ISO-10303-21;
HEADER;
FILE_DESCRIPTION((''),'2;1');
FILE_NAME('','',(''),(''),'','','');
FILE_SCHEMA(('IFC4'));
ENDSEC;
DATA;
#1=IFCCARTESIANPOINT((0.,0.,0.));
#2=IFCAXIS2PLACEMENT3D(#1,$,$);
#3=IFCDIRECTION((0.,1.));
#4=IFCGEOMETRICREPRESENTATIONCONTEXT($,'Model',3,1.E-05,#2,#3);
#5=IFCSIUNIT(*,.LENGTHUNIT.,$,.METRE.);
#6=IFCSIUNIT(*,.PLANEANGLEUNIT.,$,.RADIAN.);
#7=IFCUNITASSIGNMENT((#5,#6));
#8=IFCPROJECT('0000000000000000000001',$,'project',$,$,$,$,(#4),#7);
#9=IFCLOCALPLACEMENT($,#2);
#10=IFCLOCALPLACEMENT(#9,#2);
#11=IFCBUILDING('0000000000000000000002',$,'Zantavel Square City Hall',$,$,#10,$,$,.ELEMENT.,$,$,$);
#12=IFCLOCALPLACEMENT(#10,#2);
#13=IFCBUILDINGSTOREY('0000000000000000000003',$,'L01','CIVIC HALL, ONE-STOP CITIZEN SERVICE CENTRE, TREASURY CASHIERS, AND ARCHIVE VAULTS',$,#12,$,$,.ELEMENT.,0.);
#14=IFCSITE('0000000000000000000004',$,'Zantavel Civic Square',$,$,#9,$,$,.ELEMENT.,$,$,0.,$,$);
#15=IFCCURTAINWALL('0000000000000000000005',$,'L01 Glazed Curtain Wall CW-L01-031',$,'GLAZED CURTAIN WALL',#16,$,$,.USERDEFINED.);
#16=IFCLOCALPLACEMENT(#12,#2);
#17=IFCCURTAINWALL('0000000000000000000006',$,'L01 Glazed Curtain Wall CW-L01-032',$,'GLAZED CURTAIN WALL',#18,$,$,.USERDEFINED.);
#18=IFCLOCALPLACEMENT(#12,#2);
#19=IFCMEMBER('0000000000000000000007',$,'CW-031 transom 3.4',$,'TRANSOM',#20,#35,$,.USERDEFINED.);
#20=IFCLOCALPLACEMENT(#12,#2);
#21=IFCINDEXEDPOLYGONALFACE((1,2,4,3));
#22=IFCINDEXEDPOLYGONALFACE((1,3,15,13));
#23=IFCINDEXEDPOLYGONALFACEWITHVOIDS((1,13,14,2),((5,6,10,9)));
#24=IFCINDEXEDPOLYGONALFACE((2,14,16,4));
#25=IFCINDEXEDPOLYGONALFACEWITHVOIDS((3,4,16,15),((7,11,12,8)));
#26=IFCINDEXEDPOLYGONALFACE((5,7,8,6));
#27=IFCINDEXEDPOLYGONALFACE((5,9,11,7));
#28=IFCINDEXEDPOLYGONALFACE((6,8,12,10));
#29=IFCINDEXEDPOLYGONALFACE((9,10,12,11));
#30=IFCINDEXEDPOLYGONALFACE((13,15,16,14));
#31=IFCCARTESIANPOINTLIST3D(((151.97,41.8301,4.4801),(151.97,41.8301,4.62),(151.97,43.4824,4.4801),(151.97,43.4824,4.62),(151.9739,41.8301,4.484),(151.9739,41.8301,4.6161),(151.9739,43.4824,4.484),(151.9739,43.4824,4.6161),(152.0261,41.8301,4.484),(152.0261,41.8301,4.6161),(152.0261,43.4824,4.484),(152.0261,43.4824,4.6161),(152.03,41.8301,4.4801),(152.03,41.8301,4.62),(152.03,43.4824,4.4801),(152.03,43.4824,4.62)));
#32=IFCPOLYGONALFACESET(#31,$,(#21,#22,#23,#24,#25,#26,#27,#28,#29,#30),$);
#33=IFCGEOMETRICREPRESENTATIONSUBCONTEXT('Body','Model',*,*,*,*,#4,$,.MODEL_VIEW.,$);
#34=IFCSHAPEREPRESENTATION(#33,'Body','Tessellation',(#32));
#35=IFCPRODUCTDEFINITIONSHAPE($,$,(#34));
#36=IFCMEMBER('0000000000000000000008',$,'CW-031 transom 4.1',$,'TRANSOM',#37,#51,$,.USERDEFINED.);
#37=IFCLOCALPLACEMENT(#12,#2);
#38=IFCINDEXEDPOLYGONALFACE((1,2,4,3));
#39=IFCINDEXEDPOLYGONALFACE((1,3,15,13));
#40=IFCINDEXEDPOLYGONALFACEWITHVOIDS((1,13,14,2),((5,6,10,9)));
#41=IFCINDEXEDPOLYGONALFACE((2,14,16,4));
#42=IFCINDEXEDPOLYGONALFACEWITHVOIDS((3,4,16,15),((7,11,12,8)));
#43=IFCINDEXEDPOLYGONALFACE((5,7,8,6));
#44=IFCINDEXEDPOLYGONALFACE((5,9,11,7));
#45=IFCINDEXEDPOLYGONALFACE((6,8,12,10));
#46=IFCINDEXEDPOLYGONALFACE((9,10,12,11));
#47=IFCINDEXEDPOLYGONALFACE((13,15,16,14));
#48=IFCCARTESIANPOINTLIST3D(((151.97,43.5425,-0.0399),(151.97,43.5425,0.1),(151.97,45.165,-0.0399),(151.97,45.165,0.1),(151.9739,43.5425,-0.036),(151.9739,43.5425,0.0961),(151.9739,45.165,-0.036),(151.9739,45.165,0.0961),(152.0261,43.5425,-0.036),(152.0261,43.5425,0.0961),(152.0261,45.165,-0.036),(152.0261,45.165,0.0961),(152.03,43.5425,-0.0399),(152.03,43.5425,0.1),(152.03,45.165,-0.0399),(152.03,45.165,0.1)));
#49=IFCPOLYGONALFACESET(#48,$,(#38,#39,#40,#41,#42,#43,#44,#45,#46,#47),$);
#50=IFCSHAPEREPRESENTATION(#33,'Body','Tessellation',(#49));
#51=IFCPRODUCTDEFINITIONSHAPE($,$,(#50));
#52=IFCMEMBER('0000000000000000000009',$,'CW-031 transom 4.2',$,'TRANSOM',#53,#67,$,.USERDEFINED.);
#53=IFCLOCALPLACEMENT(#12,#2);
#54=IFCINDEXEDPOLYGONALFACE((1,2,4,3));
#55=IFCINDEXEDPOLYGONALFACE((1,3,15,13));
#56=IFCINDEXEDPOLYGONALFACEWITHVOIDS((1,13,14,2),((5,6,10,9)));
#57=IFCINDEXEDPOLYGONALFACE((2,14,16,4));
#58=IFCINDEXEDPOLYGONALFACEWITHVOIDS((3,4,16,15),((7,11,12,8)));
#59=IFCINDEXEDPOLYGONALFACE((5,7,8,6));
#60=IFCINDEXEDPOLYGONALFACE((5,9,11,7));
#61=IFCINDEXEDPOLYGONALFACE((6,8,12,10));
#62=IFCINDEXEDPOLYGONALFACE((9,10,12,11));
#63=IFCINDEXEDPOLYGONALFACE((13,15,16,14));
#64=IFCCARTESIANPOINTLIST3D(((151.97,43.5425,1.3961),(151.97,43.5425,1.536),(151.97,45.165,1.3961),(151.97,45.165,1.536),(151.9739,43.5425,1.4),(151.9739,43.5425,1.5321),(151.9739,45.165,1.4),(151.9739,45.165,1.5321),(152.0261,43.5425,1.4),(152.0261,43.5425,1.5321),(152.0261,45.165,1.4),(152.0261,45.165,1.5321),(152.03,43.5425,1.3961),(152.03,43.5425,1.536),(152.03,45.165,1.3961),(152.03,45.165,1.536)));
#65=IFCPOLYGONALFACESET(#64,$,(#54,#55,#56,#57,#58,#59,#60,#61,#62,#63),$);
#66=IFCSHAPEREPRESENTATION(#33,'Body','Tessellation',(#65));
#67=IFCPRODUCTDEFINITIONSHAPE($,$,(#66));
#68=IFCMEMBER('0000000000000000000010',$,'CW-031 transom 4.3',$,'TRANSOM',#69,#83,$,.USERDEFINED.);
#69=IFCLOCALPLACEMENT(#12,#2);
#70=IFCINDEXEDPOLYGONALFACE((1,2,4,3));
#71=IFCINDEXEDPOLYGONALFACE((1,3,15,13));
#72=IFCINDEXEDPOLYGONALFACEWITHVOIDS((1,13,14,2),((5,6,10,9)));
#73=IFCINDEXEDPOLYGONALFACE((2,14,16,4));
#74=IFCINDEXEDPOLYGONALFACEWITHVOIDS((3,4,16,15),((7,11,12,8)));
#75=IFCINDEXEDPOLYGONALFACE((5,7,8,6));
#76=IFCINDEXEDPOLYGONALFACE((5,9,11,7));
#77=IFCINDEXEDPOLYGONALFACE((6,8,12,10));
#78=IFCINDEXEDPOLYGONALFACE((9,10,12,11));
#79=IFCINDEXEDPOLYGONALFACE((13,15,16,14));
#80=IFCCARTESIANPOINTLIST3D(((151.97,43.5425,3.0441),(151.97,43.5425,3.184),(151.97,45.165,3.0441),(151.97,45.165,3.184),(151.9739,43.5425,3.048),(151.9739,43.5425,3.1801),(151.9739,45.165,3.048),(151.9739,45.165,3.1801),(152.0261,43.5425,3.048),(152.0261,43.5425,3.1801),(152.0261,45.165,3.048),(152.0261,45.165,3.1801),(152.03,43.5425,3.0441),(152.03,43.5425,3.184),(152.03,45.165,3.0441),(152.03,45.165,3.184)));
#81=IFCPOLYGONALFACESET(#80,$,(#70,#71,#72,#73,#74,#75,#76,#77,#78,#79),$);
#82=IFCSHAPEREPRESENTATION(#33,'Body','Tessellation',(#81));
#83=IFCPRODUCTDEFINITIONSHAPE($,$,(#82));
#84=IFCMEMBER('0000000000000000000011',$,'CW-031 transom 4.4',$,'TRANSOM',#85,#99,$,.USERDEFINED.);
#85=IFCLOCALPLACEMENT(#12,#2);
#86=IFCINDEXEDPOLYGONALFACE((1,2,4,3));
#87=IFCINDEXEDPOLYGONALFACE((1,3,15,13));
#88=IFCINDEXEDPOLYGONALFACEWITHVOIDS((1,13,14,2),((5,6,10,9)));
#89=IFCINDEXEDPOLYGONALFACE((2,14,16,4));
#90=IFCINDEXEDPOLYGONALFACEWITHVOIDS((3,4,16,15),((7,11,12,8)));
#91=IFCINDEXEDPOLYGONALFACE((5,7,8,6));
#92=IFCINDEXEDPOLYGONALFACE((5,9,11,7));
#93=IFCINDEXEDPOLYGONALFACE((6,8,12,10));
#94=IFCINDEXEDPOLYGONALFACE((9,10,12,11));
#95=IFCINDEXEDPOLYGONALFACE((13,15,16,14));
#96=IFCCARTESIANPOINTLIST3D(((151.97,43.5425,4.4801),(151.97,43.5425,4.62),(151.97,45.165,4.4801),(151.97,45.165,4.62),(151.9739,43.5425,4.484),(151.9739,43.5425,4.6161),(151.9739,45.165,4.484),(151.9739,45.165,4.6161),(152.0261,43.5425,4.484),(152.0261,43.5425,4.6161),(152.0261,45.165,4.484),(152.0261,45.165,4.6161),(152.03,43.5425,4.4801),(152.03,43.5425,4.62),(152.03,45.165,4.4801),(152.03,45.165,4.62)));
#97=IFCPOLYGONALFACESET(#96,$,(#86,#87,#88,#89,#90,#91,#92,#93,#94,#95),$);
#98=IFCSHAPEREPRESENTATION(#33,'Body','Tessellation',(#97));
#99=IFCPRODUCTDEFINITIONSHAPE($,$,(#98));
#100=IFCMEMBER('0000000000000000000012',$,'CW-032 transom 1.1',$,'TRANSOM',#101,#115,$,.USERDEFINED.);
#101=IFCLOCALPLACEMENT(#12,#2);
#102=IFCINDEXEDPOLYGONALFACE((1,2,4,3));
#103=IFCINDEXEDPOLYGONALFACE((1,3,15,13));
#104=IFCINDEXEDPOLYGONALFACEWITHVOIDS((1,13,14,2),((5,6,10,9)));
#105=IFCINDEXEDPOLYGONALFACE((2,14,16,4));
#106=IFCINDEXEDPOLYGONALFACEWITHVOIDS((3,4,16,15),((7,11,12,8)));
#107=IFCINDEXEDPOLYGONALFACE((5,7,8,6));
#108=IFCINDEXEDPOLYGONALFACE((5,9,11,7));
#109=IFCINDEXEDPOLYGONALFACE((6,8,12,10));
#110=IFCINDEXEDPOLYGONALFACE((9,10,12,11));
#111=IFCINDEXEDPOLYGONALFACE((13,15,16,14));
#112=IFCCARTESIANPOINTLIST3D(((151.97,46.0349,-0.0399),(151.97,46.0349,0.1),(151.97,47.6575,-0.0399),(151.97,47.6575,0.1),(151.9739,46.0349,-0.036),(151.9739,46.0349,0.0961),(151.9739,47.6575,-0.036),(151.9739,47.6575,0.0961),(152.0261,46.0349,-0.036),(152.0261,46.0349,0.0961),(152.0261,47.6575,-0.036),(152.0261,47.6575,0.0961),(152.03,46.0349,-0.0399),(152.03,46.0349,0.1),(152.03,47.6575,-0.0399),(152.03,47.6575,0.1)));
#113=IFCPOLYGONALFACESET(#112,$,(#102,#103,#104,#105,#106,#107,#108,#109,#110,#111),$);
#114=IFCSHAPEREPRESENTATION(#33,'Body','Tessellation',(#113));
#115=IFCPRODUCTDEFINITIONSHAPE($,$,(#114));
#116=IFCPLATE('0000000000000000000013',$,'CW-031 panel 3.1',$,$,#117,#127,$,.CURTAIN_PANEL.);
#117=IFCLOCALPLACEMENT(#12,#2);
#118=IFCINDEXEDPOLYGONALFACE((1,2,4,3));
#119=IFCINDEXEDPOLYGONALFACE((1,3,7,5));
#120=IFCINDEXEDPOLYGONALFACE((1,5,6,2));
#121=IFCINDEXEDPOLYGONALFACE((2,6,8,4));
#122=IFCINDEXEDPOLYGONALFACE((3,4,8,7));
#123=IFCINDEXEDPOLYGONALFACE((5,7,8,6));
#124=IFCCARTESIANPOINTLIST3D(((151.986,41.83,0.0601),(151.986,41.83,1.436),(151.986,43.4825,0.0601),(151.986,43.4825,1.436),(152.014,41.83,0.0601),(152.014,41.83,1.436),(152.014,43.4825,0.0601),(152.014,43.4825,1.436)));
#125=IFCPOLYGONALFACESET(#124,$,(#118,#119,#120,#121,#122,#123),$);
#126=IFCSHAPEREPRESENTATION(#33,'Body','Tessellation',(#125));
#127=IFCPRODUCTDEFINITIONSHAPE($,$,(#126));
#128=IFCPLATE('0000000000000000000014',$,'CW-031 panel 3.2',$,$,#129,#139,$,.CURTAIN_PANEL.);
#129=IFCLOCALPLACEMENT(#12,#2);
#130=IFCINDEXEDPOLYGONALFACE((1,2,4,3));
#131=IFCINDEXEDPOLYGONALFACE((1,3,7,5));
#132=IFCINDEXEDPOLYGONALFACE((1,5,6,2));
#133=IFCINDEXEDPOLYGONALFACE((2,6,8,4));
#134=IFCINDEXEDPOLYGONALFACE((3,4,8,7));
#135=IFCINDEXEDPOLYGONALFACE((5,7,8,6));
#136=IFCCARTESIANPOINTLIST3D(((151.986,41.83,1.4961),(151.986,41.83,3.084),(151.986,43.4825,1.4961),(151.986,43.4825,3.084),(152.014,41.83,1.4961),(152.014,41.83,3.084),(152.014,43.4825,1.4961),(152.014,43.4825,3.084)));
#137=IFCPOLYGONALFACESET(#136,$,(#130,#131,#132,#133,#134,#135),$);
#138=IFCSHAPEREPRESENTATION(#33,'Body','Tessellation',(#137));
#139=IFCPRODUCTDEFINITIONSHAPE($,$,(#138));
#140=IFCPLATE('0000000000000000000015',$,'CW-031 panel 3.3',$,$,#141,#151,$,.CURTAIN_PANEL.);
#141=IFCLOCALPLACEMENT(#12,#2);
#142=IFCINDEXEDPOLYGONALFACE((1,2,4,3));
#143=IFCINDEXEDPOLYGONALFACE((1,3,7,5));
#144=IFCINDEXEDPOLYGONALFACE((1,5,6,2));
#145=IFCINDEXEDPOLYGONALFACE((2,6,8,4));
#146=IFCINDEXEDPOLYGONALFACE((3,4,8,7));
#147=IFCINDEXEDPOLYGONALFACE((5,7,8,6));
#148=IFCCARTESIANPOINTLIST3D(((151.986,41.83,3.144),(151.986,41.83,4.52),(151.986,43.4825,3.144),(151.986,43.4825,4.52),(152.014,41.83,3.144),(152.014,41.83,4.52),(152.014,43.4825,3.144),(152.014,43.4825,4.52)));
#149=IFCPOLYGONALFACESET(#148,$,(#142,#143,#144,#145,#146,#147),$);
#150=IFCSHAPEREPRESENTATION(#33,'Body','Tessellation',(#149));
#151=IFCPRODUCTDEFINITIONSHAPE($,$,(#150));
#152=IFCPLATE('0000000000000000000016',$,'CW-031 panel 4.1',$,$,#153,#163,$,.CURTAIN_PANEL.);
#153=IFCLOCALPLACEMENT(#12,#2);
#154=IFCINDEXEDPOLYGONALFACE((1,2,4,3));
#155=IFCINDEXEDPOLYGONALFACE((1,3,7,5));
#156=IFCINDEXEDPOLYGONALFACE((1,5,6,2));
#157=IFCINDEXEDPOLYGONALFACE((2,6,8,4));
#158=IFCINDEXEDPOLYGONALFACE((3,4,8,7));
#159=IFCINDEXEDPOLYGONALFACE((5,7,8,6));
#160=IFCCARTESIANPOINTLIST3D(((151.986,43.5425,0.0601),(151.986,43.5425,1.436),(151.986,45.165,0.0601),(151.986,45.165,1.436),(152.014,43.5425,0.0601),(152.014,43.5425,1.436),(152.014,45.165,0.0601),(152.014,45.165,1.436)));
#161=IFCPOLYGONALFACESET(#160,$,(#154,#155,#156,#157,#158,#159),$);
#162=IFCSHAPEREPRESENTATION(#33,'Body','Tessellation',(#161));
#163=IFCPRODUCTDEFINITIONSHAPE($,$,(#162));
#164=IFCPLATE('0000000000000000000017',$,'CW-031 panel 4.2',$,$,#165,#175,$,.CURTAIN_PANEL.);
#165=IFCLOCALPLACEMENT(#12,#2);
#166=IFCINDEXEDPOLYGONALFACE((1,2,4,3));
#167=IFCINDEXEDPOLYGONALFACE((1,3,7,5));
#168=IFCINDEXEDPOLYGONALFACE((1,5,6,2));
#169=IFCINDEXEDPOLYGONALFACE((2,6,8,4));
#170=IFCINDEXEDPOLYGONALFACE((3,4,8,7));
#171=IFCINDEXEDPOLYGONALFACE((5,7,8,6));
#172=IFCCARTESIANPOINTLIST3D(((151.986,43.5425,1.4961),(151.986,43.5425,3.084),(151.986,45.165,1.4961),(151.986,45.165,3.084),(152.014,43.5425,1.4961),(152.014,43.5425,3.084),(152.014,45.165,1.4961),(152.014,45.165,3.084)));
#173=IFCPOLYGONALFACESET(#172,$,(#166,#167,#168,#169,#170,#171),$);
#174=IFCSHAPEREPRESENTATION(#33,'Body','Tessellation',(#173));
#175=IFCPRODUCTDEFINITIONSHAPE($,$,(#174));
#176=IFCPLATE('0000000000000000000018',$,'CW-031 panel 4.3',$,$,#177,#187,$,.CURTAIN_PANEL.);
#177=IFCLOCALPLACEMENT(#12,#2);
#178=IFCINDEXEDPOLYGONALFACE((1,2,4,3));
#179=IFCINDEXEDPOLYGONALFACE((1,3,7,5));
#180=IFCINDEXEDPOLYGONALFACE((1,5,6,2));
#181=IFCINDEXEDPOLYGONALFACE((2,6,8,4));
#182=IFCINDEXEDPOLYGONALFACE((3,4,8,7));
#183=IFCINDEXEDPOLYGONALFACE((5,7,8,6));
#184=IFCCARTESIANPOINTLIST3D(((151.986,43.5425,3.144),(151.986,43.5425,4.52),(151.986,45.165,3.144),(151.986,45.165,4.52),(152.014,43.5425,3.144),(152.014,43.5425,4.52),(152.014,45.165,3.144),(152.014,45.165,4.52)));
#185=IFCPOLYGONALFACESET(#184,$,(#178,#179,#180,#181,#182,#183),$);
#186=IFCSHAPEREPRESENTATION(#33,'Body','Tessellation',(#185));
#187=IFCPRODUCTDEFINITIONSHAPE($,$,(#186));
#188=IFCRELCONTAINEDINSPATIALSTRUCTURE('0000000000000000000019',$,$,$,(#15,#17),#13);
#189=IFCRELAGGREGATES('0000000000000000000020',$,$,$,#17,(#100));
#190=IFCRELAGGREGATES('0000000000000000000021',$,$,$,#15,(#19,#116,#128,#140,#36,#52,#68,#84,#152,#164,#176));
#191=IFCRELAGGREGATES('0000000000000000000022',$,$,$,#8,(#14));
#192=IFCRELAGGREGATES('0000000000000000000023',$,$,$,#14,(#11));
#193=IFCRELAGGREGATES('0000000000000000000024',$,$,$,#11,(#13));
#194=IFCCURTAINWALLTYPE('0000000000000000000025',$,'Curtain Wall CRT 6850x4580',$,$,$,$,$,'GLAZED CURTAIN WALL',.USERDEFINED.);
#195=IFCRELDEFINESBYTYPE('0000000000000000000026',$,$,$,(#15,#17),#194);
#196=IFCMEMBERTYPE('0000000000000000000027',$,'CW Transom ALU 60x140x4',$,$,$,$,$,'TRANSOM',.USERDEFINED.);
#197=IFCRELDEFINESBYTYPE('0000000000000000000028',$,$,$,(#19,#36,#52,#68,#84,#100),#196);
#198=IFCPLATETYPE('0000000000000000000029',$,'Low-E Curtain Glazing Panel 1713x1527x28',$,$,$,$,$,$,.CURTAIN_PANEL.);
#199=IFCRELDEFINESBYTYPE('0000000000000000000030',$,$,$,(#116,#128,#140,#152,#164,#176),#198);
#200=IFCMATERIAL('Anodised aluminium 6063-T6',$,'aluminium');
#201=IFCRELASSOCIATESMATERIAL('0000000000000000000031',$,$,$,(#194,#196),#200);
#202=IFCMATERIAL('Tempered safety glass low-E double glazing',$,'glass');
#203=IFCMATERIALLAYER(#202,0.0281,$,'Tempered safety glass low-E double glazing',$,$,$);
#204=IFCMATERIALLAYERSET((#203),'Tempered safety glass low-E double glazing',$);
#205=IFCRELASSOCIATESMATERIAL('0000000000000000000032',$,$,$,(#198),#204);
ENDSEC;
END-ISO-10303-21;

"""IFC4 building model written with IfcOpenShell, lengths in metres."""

from ifc_helpers import new_model, si_unit, direction, frame, origin, origin_2d, place, context, subcontext, project, spatial, rectangle, hollow_rectangle, extrude, material, layer, layer_set, material_profile, profile_set, type_object, element, aggregate, save


model = new_model("IFC4")

# Units and contexts
model_context = context("Model", 3, precision=1e-05, world=origin(), true_north=direction((0.0, 1.0)))
body_context = subcontext(model_context, "Body", "Model", "MODEL_VIEW")
ifc_project = project(units=[si_unit("LENGTHUNIT", "METRE"), si_unit("PLANEANGLEUNIT", "RADIAN")], contexts=[model_context])

# Site, building, storey
site_placement = place(None, origin())
site = spatial("IfcSite", under=ifc_project, at=site_placement, Name="Zantavel Civic Square", CompositionType="ELEMENT", RefElevation=0.0)
building_placement = place(site_placement, origin())
building = spatial("IfcBuilding", under=site, at=building_placement, Name="Zantavel Square City Hall", CompositionType="ELEMENT")
storey_placement = place(building_placement, origin())
storey = spatial("IfcBuildingStorey", under=building, at=storey_placement, Name="L01", Description="CIVIC HALL, ONE-STOP CITIZEN SERVICE CENTRE, TREASURY CASHIERS, AND ARCHIVE VAULTS", CompositionType="ELEMENT", Elevation=0.0)

# Curtain wall
ifc_material_1 = material(Name="Anodised aluminium 6063-T6", Category="aluminium")
curtain_wall_type = type_object("IfcCurtainWallType", Name="Curtain Wall CRT 6850x4580", ElementType="GLAZED CURTAIN WALL", PredefinedType="USERDEFINED", material=ifc_material_1)
curtain_wall_1_placement = place(storey_placement, origin())
curtain_wall_1 = element("IfcCurtainWall", 1, at=curtain_wall_1_placement, inside=storey, type_object=curtain_wall_type, Name="L01 Glazed Curtain Wall CW-L01-031", ObjectType="GLAZED CURTAIN WALL", PredefinedType="USERDEFINED")

# Curtain wall
curtain_wall_2_placement = place(storey_placement, origin())
curtain_wall_2 = element("IfcCurtainWall", 2, at=curtain_wall_2_placement, inside=storey, type_object=curtain_wall_type, Name="L01 Glazed Curtain Wall CW-L01-032", ObjectType="GLAZED CURTAIN WALL", PredefinedType="USERDEFINED")

# Members
ifc_material_profile_1 = material_profile(ifc_material_1, hollow_rectangle(XDim=0.0601, YDim=0.1399, WallThickness=0.0039, at=origin_2d()), Name="ALU 60x140x4")
ifc_profile_set_1 = profile_set([ifc_material_profile_1], Name="Anodised aluminium 6063-T6")
member_type_1 = type_object("IfcMemberType", Name="CW Transom ALU 60x140x4", ElementType="TRANSOM", PredefinedType="USERDEFINED", material=ifc_profile_set_1)
member_1_placement = place(storey_placement, frame((152.0, 41.8301, 4.55), z_axis=(0.0, 1.0, 0.0), x_axis=(-1.0, 0.0, 0.0)))
member_1 = element("IfcMember", 3, at=member_1_placement, type_object=member_type_1, Name="CW-031 transom 3.4", ObjectType="TRANSOM", PredefinedType="USERDEFINED", context=body_context, shape_type="SweptSolid", body=[
    extrude(hollow_rectangle(XDim=0.0601, YDim=0.1399, WallThickness=0.0039, at=origin_2d()), origin(), (0.0, 0.0, 1.0), 1.6523),
])
member_2_placement = place(storey_placement, frame((152.0, 43.5425, 0.03), z_axis=(0.0, 1.0, 0.0), x_axis=(-1.0, 0.0, 0.0)))
member_2 = element("IfcMember", 4, at=member_2_placement, type_object=member_type_1, Name="CW-031 transom 4.1", ObjectType="TRANSOM", PredefinedType="USERDEFINED", context=body_context, shape_type="SweptSolid", body=[
    extrude(hollow_rectangle(XDim=0.0601, YDim=0.1399, WallThickness=0.0039, at=origin_2d()), origin(), (0.0, 0.0, 1.0), 1.6226),
])
member_3_placement = place(storey_placement, frame((152.0, 43.5425, 1.4661), z_axis=(0.0, 1.0, 0.0), x_axis=(-1.0, 0.0, 0.0)))
member_3 = element("IfcMember", 5, at=member_3_placement, type_object=member_type_1, Name="CW-031 transom 4.2", ObjectType="TRANSOM", PredefinedType="USERDEFINED", context=body_context, shape_type="SweptSolid", body=[
    extrude(hollow_rectangle(XDim=0.0601, YDim=0.1399, WallThickness=0.0039, at=origin_2d()), origin(), (0.0, 0.0, 1.0), 1.6226),
])
member_4_placement = place(storey_placement, frame((152.0, 43.5425, 3.114), z_axis=(0.0, 1.0, 0.0), x_axis=(-1.0, 0.0, 0.0)))
member_4 = element("IfcMember", 6, at=member_4_placement, type_object=member_type_1, Name="CW-031 transom 4.3", ObjectType="TRANSOM", PredefinedType="USERDEFINED", context=body_context, shape_type="SweptSolid", body=[
    extrude(hollow_rectangle(XDim=0.0601, YDim=0.1399, WallThickness=0.0039, at=origin_2d()), origin(), (0.0, 0.0, 1.0), 1.6226),
])
member_5_placement = place(storey_placement, frame((152.0, 43.5425, 4.55), z_axis=(0.0, 1.0, 0.0), x_axis=(-1.0, 0.0, 0.0)))
member_5 = element("IfcMember", 7, at=member_5_placement, type_object=member_type_1, Name="CW-031 transom 4.4", ObjectType="TRANSOM", PredefinedType="USERDEFINED", context=body_context, shape_type="SweptSolid", body=[
    extrude(hollow_rectangle(XDim=0.0601, YDim=0.1399, WallThickness=0.0039, at=origin_2d()), origin(), (0.0, 0.0, 1.0), 1.6226),
])
member_6_placement = place(storey_placement, frame((152.0, 46.0349, 0.03), z_axis=(0.0, 1.0, 0.0), x_axis=(-1.0, 0.0, 0.0)))
member_6 = element("IfcMember", 8, at=member_6_placement, type_object=member_type_1, Name="CW-032 transom 1.1", ObjectType="TRANSOM", PredefinedType="USERDEFINED", context=body_context, shape_type="SweptSolid", body=[
    extrude(hollow_rectangle(XDim=0.0601, YDim=0.1399, WallThickness=0.0039, at=origin_2d()), origin(), (0.0, 0.0, 1.0), 1.6226),
])
aggregate(curtain_wall_2, [member_6])

# Plates
ifc_material_2 = material(Name="Tempered safety glass low-E double glazing", Category="glass")
ifc_layer = layer(ifc_material_2, 0.0281, Name="Tempered safety glass low-E double glazing")
ifc_layer_set = layer_set([ifc_layer], Name="Tempered safety glass low-E double glazing")
plate_type = type_object("IfcPlateType", Name="Low-E Curtain Glazing Panel 1713x1527x28", PredefinedType="CURTAIN_PANEL", material=ifc_layer_set)
plate_1_placement = place(storey_placement, frame((152.0, 42.6562, 0.0601), z_axis=(0.0, 0.0, 1.0), x_axis=(0.0, 1.0, 0.0)))
plate_1 = element("IfcPlate", 9, at=plate_1_placement, type_object=plate_type, Name="CW-031 panel 3.1", PredefinedType="CURTAIN_PANEL", context=body_context, shape_type="SweptSolid", body=[
    extrude(rectangle(XDim=1.6526, YDim=0.0281, at=origin_2d()), origin(), (0.0, 0.0, 1.0), 1.376),
])
plate_2_placement = place(storey_placement, frame((152.0, 42.6562, 1.4961), z_axis=(0.0, 0.0, 1.0), x_axis=(0.0, 1.0, 0.0)))
plate_2 = element("IfcPlate", 10, at=plate_2_placement, type_object=plate_type, Name="CW-031 panel 3.2", PredefinedType="CURTAIN_PANEL", context=body_context, shape_type="SweptSolid", body=[
    extrude(rectangle(XDim=1.6526, YDim=0.0281, at=origin_2d()), origin(), (0.0, 0.0, 1.0), 1.5879),
])
plate_3_placement = place(storey_placement, frame((152.0, 42.6562, 3.144), z_axis=(0.0, 0.0, 1.0), x_axis=(0.0, 1.0, 0.0)))
plate_3 = element("IfcPlate", 11, at=plate_3_placement, type_object=plate_type, Name="CW-031 panel 3.3", PredefinedType="CURTAIN_PANEL", context=body_context, shape_type="SweptSolid", body=[
    extrude(rectangle(XDim=1.6526, YDim=0.0281, at=origin_2d()), origin(), (0.0, 0.0, 1.0), 1.376),
])
plate_4_placement = place(storey_placement, frame((152.0, 44.3538, 0.0601), z_axis=(0.0, 0.0, 1.0), x_axis=(0.0, 1.0, 0.0)))
plate_4 = element("IfcPlate", 12, at=plate_4_placement, type_object=plate_type, Name="CW-031 panel 4.1", PredefinedType="CURTAIN_PANEL", context=body_context, shape_type="SweptSolid", body=[
    extrude(rectangle(XDim=1.6226, YDim=0.0281, at=origin_2d()), origin(), (0.0, 0.0, 1.0), 1.376),
])
plate_5_placement = place(storey_placement, frame((152.0, 44.3538, 1.4961), z_axis=(0.0, 0.0, 1.0), x_axis=(0.0, 1.0, 0.0)))
plate_5 = element("IfcPlate", 13, at=plate_5_placement, type_object=plate_type, Name="CW-031 panel 4.2", PredefinedType="CURTAIN_PANEL", context=body_context, shape_type="SweptSolid", body=[
    extrude(rectangle(XDim=1.6226, YDim=0.0281, at=origin_2d()), origin(), (0.0, 0.0, 1.0), 1.5879),
])
plate_6_placement = place(storey_placement, frame((152.0, 44.3538, 3.144), z_axis=(0.0, 0.0, 1.0), x_axis=(0.0, 1.0, 0.0)))
plate_6 = element("IfcPlate", 14, at=plate_6_placement, type_object=plate_type, Name="CW-031 panel 4.3", PredefinedType="CURTAIN_PANEL", context=body_context, shape_type="SweptSolid", body=[
    extrude(rectangle(XDim=1.6226, YDim=0.0281, at=origin_2d()), origin(), (0.0, 0.0, 1.0), 1.376),
])
aggregate(curtain_wall_1, [member_1, plate_1, plate_2, plate_3, member_2, member_3, member_4, member_5, plate_4, plate_5, plate_6])

save(model, "model.ifc")
